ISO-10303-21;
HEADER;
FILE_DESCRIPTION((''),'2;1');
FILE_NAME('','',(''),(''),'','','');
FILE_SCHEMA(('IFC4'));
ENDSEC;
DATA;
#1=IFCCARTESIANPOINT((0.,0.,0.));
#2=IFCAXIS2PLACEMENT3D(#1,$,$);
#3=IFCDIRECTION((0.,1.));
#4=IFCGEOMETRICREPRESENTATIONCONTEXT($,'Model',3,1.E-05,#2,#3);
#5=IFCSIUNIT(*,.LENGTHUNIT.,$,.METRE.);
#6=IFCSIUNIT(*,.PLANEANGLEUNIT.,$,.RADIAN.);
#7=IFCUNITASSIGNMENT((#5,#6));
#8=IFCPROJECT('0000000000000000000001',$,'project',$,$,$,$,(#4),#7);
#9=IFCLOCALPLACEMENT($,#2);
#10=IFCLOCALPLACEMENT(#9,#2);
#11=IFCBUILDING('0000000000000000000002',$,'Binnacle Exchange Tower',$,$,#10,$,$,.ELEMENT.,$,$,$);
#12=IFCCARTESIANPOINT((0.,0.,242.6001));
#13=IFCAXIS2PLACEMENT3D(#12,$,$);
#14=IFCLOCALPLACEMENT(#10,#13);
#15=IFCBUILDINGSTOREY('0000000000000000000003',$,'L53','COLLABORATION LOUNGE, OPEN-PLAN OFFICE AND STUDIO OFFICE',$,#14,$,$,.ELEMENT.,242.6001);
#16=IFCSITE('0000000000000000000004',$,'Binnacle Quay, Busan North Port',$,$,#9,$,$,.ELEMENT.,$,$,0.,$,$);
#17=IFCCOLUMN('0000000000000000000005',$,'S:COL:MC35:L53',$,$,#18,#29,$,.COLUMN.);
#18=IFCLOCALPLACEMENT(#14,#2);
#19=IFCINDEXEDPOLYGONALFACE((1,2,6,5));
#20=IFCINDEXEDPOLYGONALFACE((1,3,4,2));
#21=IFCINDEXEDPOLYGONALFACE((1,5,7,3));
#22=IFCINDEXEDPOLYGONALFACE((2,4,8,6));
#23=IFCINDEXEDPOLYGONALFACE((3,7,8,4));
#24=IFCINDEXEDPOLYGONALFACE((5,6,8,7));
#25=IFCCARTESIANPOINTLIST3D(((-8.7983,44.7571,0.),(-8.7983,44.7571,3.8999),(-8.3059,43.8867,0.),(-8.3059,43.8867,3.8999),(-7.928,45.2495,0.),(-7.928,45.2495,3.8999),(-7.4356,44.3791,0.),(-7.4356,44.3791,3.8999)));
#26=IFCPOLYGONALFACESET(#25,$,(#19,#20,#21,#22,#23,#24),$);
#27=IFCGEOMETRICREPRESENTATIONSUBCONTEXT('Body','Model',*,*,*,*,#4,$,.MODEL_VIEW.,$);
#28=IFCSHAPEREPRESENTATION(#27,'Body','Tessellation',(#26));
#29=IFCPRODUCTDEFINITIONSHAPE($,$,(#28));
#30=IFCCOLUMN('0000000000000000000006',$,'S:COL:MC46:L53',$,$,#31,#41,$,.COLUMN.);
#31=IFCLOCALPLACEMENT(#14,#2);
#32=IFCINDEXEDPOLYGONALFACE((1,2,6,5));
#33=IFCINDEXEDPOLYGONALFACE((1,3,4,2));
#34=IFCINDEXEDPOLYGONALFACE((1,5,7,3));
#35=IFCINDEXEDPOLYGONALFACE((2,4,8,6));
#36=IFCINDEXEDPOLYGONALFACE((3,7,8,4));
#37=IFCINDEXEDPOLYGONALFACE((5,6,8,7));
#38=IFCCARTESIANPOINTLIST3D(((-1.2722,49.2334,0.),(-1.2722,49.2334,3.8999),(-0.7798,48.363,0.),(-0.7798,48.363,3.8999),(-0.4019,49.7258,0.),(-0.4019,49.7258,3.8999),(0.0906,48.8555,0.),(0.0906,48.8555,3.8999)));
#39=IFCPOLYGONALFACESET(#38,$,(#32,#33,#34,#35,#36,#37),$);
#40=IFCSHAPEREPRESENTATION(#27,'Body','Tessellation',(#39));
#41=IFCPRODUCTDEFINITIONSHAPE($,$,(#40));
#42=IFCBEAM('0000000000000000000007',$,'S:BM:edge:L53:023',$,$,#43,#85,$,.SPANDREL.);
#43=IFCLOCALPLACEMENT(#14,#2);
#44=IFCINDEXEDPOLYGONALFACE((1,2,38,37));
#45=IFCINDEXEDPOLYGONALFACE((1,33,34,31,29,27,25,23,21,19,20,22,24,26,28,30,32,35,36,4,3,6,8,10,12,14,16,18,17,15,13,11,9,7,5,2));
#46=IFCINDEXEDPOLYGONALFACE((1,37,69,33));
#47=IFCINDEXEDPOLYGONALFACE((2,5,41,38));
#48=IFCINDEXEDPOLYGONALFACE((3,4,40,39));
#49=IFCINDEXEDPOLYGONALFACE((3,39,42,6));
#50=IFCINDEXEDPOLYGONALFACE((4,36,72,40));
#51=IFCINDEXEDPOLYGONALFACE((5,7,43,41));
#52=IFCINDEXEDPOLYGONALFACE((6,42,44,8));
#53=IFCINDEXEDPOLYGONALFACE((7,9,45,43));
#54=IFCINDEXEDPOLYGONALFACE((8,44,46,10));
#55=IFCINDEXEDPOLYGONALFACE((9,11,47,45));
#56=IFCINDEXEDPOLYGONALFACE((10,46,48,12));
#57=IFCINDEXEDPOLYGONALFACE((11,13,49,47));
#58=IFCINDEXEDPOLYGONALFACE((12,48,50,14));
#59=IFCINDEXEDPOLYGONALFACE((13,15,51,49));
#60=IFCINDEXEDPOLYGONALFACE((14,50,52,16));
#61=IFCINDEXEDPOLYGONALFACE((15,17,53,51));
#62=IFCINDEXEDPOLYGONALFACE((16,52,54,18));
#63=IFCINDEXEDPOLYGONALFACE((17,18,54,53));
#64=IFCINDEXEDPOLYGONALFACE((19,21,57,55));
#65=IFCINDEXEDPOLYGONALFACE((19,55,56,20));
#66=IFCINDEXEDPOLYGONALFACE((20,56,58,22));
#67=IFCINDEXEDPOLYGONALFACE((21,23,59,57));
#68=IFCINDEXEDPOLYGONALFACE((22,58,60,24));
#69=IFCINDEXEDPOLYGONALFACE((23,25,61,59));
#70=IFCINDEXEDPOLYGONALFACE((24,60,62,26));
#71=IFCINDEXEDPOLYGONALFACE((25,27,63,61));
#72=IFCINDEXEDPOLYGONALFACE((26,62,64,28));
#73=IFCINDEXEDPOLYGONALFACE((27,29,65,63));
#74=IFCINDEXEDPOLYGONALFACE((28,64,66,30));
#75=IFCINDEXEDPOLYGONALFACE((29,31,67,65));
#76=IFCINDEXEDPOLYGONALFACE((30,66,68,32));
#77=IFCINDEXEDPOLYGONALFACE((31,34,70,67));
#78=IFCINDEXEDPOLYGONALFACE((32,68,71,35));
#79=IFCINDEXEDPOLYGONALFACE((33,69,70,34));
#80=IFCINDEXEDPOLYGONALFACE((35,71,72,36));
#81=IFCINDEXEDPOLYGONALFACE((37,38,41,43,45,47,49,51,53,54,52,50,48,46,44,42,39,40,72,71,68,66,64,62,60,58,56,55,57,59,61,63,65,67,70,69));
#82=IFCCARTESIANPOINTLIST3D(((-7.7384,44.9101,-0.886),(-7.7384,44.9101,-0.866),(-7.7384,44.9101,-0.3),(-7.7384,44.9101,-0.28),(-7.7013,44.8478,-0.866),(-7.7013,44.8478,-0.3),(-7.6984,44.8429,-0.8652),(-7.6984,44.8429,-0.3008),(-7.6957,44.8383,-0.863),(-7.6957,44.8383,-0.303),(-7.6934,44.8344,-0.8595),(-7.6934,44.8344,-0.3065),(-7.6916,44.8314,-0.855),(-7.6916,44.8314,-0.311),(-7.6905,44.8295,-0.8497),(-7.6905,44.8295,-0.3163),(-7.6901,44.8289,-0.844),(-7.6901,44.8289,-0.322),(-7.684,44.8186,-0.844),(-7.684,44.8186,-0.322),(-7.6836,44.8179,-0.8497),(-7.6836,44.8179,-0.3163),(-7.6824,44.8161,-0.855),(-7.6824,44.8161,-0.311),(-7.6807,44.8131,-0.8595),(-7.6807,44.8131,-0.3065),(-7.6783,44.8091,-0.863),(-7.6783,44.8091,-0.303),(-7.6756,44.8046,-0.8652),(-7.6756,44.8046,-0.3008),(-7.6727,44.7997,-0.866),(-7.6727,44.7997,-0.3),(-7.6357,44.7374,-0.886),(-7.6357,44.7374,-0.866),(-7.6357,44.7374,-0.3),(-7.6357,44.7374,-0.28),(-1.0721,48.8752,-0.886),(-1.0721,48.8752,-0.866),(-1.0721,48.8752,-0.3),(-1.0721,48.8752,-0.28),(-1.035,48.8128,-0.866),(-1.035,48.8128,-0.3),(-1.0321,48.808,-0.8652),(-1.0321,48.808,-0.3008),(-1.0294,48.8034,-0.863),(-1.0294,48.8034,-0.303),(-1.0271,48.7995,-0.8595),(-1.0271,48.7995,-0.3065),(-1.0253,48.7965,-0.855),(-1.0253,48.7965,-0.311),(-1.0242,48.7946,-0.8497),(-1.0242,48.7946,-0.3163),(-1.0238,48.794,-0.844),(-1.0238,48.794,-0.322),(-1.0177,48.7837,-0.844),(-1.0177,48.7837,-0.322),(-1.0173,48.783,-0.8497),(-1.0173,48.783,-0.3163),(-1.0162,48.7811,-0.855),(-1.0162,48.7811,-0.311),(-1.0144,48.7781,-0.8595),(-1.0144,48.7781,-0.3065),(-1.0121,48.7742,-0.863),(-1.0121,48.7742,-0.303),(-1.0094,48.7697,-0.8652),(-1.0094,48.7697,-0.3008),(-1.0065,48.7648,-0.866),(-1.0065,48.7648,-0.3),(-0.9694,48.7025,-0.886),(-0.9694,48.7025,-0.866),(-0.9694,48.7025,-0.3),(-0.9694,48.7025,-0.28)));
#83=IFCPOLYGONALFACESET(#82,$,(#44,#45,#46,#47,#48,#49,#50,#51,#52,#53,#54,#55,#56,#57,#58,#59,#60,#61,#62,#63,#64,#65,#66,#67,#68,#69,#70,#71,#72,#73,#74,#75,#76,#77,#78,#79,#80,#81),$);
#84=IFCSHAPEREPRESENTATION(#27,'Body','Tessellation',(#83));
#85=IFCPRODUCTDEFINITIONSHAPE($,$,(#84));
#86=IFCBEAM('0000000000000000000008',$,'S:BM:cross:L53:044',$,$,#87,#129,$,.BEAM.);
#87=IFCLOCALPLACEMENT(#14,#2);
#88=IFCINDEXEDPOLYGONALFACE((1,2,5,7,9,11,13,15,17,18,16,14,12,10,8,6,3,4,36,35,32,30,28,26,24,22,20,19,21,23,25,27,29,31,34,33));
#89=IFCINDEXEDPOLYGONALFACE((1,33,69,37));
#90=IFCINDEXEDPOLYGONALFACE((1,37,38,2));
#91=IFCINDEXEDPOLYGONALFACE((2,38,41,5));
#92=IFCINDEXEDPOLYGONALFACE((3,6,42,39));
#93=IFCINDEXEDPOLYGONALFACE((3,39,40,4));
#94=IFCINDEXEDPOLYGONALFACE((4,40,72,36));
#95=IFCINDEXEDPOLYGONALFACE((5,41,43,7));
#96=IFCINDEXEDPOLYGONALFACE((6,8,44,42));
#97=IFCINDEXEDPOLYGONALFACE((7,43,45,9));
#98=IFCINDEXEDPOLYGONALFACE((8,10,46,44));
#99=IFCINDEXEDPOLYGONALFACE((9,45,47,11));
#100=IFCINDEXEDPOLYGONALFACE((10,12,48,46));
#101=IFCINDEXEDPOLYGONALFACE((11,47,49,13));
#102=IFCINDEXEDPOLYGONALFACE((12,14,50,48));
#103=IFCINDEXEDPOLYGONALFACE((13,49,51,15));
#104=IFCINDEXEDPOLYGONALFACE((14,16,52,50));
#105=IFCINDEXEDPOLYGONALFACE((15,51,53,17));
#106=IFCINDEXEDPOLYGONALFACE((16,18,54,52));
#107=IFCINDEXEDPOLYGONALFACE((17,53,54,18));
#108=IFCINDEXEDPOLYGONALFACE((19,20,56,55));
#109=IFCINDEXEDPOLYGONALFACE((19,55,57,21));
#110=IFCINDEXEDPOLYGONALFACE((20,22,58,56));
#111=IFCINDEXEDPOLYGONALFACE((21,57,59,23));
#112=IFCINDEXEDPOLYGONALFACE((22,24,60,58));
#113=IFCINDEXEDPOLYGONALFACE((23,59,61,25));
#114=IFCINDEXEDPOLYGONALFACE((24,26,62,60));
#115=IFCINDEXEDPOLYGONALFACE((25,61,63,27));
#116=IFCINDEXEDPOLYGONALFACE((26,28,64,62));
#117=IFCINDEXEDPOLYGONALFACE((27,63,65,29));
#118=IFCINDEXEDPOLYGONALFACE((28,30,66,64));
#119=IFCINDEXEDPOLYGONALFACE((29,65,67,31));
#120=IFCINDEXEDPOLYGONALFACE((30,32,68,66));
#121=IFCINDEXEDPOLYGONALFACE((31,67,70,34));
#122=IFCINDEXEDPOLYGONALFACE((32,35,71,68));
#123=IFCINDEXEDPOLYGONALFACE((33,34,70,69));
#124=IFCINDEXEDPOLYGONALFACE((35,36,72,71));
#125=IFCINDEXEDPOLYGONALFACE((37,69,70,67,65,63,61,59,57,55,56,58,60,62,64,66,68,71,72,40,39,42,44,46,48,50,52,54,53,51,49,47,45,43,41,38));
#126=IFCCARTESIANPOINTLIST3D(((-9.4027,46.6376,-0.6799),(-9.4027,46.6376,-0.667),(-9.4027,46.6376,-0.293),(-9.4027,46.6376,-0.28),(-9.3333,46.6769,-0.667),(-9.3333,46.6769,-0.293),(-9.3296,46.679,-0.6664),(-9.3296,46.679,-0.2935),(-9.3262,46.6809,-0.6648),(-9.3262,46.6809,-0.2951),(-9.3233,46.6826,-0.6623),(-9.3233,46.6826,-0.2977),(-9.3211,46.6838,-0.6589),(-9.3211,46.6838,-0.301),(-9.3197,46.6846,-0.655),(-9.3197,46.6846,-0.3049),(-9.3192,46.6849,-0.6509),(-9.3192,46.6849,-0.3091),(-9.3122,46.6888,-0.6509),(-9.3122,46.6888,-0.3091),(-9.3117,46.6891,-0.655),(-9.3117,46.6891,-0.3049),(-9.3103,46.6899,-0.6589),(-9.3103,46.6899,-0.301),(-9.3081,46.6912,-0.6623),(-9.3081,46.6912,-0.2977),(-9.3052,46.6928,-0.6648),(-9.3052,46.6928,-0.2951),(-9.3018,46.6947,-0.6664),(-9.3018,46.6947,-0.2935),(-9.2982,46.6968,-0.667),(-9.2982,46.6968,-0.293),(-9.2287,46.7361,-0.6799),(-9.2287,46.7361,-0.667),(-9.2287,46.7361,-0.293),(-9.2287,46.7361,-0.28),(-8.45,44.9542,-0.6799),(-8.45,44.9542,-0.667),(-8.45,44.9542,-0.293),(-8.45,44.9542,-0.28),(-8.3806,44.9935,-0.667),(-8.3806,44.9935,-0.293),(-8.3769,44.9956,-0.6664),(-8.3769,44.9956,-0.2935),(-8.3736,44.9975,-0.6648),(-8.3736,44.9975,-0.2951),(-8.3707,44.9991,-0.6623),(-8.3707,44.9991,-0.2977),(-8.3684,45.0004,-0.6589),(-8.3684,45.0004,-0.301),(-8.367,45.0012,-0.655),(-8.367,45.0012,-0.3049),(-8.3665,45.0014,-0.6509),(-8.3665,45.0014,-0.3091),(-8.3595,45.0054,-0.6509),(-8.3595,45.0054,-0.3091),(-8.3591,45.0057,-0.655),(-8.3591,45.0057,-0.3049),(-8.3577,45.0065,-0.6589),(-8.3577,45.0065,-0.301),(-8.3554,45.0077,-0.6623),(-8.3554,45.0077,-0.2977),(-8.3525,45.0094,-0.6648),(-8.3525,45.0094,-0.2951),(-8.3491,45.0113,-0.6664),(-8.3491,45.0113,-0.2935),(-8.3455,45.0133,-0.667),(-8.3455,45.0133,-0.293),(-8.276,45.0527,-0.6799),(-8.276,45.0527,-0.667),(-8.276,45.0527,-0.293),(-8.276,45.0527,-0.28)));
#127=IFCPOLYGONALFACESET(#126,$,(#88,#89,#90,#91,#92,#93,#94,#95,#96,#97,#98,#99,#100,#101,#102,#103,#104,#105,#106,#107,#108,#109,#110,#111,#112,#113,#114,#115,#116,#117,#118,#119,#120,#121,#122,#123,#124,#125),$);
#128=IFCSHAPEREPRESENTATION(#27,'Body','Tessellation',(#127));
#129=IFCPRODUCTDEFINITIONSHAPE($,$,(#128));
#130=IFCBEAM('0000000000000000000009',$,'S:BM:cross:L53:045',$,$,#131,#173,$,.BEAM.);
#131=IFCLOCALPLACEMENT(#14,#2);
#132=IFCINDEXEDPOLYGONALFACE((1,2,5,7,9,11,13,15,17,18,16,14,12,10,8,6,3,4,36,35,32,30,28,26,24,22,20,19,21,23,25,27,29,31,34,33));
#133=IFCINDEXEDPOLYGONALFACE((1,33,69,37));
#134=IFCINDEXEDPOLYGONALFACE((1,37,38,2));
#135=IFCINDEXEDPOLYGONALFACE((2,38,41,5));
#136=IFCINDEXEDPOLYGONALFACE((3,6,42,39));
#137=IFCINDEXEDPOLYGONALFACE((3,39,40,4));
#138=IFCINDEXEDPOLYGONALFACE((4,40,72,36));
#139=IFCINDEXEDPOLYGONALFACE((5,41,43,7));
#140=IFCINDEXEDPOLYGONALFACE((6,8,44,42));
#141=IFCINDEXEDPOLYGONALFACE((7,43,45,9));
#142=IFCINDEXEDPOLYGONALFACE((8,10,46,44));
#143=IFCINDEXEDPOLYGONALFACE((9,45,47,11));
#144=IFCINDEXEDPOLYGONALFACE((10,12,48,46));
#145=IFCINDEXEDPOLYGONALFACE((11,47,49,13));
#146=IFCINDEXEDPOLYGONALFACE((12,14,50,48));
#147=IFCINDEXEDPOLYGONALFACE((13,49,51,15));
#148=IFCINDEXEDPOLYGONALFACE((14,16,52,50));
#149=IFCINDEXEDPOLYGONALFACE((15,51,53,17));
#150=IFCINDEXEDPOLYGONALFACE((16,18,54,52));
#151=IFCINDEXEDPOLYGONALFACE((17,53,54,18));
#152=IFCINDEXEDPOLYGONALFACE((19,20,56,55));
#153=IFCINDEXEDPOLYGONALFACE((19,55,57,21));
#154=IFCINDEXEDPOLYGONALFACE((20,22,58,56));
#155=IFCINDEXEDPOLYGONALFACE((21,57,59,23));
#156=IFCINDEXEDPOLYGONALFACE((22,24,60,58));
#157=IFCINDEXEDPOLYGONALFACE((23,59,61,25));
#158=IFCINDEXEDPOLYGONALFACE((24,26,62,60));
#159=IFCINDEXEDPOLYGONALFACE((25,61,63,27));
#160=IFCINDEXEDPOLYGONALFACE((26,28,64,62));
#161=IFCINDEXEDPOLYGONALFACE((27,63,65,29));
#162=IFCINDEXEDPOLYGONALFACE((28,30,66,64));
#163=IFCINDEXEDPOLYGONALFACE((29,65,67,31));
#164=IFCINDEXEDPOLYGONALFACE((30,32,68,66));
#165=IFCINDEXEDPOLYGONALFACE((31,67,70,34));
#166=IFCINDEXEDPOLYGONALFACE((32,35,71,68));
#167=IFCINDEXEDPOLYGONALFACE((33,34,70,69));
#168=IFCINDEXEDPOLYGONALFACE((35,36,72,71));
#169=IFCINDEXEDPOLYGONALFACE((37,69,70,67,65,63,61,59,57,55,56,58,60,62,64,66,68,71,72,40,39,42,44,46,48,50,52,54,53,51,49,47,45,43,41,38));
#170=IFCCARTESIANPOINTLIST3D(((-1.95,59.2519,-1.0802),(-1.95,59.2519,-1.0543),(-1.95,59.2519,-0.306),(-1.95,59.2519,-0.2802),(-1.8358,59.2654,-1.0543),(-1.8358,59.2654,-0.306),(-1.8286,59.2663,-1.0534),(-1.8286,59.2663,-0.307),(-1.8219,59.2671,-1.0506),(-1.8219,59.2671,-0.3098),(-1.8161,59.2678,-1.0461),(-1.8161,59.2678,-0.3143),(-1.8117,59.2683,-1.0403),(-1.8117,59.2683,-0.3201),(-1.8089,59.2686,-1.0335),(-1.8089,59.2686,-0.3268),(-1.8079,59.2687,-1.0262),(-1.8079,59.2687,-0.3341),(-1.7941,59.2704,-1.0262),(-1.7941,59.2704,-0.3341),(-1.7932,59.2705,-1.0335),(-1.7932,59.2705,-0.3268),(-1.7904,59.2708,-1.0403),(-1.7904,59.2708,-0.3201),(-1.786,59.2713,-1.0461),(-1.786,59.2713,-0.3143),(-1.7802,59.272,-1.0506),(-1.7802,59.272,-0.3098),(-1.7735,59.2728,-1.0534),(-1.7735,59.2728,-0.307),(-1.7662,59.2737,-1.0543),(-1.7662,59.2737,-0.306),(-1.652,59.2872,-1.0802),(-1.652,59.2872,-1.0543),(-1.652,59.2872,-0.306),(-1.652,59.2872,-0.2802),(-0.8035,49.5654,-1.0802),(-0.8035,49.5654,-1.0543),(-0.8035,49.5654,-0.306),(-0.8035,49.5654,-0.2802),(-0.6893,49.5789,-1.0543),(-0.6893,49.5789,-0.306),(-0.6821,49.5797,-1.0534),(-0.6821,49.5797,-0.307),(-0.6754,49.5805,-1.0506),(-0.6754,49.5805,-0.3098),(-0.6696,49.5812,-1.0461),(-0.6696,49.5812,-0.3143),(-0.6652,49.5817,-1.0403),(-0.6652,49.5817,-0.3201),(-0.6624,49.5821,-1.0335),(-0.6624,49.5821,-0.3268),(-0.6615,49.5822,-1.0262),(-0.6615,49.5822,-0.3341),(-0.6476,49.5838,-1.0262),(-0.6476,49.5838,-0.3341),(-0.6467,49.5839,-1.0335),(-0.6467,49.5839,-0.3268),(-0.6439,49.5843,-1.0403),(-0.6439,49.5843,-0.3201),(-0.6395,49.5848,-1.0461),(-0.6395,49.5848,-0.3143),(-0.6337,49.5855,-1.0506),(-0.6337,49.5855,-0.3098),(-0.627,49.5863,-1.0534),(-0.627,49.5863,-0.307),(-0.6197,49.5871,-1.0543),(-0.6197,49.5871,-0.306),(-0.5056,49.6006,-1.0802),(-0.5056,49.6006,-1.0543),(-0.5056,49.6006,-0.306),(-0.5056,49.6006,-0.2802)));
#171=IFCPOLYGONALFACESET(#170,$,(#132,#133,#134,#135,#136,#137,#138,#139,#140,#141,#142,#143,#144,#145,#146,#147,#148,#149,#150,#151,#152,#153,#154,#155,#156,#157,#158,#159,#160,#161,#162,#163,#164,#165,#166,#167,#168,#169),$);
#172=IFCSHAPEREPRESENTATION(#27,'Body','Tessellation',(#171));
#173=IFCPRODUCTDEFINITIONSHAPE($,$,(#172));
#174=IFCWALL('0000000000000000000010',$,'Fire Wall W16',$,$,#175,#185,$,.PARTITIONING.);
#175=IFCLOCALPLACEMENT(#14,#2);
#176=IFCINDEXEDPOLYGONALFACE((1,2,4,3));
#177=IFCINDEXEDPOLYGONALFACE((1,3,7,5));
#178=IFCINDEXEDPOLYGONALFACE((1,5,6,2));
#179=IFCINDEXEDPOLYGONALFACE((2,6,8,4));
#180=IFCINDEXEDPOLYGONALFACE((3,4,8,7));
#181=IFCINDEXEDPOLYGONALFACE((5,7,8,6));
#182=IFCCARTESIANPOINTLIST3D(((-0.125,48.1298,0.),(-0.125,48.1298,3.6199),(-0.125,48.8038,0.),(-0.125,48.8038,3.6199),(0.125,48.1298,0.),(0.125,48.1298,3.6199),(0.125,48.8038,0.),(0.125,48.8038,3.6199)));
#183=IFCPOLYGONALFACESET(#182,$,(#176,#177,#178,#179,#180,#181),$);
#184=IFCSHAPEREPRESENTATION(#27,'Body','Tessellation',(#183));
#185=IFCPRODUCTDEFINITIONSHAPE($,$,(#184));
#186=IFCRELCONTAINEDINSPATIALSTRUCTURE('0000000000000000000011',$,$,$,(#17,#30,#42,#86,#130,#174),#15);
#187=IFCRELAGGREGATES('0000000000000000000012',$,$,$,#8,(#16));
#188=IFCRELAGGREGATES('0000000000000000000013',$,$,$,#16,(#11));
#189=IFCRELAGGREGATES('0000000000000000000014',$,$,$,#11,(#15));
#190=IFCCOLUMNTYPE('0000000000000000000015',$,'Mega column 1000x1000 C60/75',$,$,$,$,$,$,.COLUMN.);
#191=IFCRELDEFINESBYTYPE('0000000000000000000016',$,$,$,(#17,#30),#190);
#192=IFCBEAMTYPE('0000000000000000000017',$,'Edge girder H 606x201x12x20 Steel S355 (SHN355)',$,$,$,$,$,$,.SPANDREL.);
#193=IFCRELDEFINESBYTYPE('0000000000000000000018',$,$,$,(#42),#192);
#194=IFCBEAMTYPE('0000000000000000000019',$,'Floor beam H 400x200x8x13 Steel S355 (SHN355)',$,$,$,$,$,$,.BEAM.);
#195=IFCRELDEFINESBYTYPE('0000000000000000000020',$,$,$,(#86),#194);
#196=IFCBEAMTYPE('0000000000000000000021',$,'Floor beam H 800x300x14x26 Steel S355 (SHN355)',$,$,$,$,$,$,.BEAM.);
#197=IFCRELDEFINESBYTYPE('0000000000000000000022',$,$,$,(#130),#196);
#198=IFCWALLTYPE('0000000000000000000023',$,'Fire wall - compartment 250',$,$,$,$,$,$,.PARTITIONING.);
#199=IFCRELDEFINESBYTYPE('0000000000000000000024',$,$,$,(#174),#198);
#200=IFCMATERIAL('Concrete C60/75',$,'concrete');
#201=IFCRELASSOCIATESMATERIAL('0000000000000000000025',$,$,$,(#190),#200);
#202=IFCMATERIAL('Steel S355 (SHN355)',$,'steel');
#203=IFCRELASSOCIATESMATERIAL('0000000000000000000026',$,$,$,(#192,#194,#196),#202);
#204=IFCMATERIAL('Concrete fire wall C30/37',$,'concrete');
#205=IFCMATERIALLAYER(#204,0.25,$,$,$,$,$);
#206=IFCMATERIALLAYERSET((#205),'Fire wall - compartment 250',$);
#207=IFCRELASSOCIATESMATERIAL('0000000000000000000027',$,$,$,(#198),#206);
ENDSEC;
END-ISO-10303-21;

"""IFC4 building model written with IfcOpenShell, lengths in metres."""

from ifc_helpers import new_model, si_unit, direction, frame, frame_2d, origin, origin_2d, place, context, subcontext, project, spatial, rectangle, i_section, extrude, material, layer, layer_set, material_profile, profile_set, type_object, element, save


model = new_model("IFC4")

# Units and contexts
model_context = context("Model", 3, precision=1e-05, world=origin(), true_north=direction((0.0, 1.0)))
body_context = subcontext(model_context, "Body", "Model", "MODEL_VIEW")
ifc_project = project(units=[si_unit("LENGTHUNIT", "METRE"), si_unit("PLANEANGLEUNIT", "RADIAN")], contexts=[model_context])

# Site, building, storey
site_placement = place(None, origin())
site = spatial("IfcSite", under=ifc_project, at=site_placement, Name="Binnacle Quay, Busan North Port", CompositionType="ELEMENT", RefElevation=0.0)
building_placement = place(site_placement, origin())
building = spatial("IfcBuilding", under=site, at=building_placement, Name="Binnacle Exchange Tower", CompositionType="ELEMENT")
storey_placement = place(building_placement, frame((0.0, 0.0, 242.6001)))
storey = spatial("IfcBuildingStorey", under=building, at=storey_placement, Name="L53", Description="COLLABORATION LOUNGE, OPEN-PLAN OFFICE AND STUDIO OFFICE", CompositionType="ELEMENT", Elevation=242.6001)

# Columns
ifc_material_1 = material(Name="Concrete C60/75", Category="concrete")
ifc_material_profile_1 = material_profile(ifc_material_1, rectangle(XDim=1.0, YDim=1.0, at=origin_2d()), Name="Mega column 1000x1000 C60/75")
ifc_profile_set_1 = profile_set([ifc_material_profile_1], Name="Concrete C60/75")
column_type = type_object("IfcColumnType", Name="Mega column 1000x1000 C60/75", PredefinedType="COLUMN", material=ifc_profile_set_1)
for number, where, z_axis, x_axis, name in (
    (1, (-8.1169, 44.5681, 0.0), (0.0, 0.0, 1.0), (0.870356, 0.492424, 0.0), "S:COL:MC35:L53"),
    (2, (-0.5908, 49.0444, 0.0), (0.0, 0.0, 1.0), (0.870356, 0.492424, 0.0), "S:COL:MC46:L53"),
):
    element("IfcColumn", number, at=place(storey_placement, frame(where, z_axis=z_axis, x_axis=x_axis)), inside=storey, type_object=column_type, Name=name, PredefinedType="COLUMN", context=body_context, shape_type="SweptSolid", body=[
        extrude(rectangle(XDim=1.0, YDim=1.0, at=origin_2d()), origin(), (0.0, 0.0, 1.0), 3.8999),
    ])

# Beams
ifc_material_2 = material(Name="Steel S355 (SHN355)", Category="steel")
ifc_material_profile_2 = material_profile(ifc_material_2, i_section(OverallWidth=0.2009, OverallDepth=0.606, WebThickness=0.012, FlangeThickness=0.02, FilletRadius=0.022, at=origin_2d()), Name="H 606x201x12x20")
ifc_profile_set_2 = profile_set([ifc_material_profile_2], Name="Steel S355 (SHN355)")
beam_type_1 = type_object("IfcBeamType", Name="Edge girder H 606x201x12x20 Steel S355 (SHN355)", PredefinedType="SPANDREL", material=ifc_profile_set_2)
beam_1_placement = place(storey_placement, frame((-7.687, 44.8237, -0.583), z_axis=(0.859459, 0.511205, 0.0), x_axis=(-0.511205, 0.859459, 0.0)))
element("IfcBeam", 3, at=beam_1_placement, inside=storey, type_object=beam_type_1, Name="S:BM:edge:L53:023", PredefinedType="SPANDREL", context=body_context, shape_type="SweptSolid", body=[
    extrude(i_section(OverallWidth=0.2009, OverallDepth=0.606, WebThickness=0.012, FlangeThickness=0.02, FilletRadius=0.022, at=origin_2d()), origin(), (0.0, 0.0, 1.0), 7.7563),
])
ifc_material_profile_3 = material_profile(ifc_material_2, i_section(OverallWidth=0.2, OverallDepth=0.3999, WebThickness=0.0081, FlangeThickness=0.0129, FilletRadius=0.0161, at=origin_2d()), Name="H 400x200x8x13")
ifc_profile_set_3 = profile_set([ifc_material_profile_3], Name="Steel S355 (SHN355)")
beam_type_2 = type_object("IfcBeamType", Name="Floor beam H 400x200x8x13 Steel S355 (SHN355)", PredefinedType="BEAM", material=ifc_profile_set_3)
beam_2_placement = place(storey_placement, frame((-8.363, 45.0034, -0.48), z_axis=(-0.492519, 0.870302, 0.0), x_axis=(-0.870302, -0.492519, 0.0)))
element("IfcBeam", 4, at=beam_2_placement, inside=storey, type_object=beam_type_2, Name="S:BM:cross:L53:044", PredefinedType="BEAM", context=body_context, shape_type="SweptSolid", body=[
    extrude(i_section(OverallWidth=0.2, OverallDepth=0.3999, WebThickness=0.0081, FlangeThickness=0.0129, FilletRadius=0.0161, at=origin_2d()), origin(), (0.0, 0.0, 1.0), 1.9343),
])
ifc_material_profile_4 = material_profile(ifc_material_2, i_section(OverallWidth=0.3, OverallDepth=0.8, WebThickness=0.0139, FlangeThickness=0.0259, FilletRadius=0.0281, at=origin_2d()), Name="H 800x300x14x26")
ifc_profile_set_4 = profile_set([ifc_material_profile_4], Name="Steel S355 (SHN355)")
beam_type_3 = type_object("IfcBeamType", Name="Floor beam H 800x300x14x26 Steel S355 (SHN355)", PredefinedType="BEAM", material=ifc_profile_set_4)
beam_3_placement = place(storey_placement, frame((-0.6545, 49.583, -0.6802), z_axis=(-0.117538, 0.993068, 0.0), x_axis=(-0.993068, -0.117538, 0.0)))
element("IfcBeam", 5, at=beam_3_placement, inside=storey, type_object=beam_type_3, Name="S:BM:cross:L53:045", PredefinedType="BEAM", context=body_context, shape_type="SweptSolid", body=[
    extrude(i_section(OverallWidth=0.3, OverallDepth=0.8, WebThickness=0.0139, FlangeThickness=0.0259, FilletRadius=0.0281, at=origin_2d()), origin(), (0.0, 0.0, 1.0), 9.7542),
])

# Wall
ifc_material_3 = material(Name="Concrete fire wall C30/37", Category="concrete")
ifc_layer_1 = layer(ifc_material_3, 0.25)
ifc_layer_set_1 = layer_set([ifc_layer_1], Name="Fire wall - compartment 250")
wall_type_1 = type_object("IfcWallType", Name="Fire wall - compartment 250", PredefinedType="PARTITIONING", material=ifc_layer_set_1)
wall_1_placement = place(storey_placement, frame((0.0, 48.1299, 0.0), z_axis=(0.0, 0.0, 1.0), x_axis=(0.0, 1.0, 0.0)))
element("IfcWall", 6, at=wall_1_placement, inside=storey, type_object=wall_type_1, Name="Fire Wall W16", PredefinedType="PARTITIONING", context=body_context, shape_type="SweptSolid", body=[
    extrude(rectangle(XDim=0.6741, YDim=0.25, at=frame_2d((0.3369, 0.0))), origin(), (0.0, 0.0, 1.0), 3.6199),
])

save(model, "model.ifc")
